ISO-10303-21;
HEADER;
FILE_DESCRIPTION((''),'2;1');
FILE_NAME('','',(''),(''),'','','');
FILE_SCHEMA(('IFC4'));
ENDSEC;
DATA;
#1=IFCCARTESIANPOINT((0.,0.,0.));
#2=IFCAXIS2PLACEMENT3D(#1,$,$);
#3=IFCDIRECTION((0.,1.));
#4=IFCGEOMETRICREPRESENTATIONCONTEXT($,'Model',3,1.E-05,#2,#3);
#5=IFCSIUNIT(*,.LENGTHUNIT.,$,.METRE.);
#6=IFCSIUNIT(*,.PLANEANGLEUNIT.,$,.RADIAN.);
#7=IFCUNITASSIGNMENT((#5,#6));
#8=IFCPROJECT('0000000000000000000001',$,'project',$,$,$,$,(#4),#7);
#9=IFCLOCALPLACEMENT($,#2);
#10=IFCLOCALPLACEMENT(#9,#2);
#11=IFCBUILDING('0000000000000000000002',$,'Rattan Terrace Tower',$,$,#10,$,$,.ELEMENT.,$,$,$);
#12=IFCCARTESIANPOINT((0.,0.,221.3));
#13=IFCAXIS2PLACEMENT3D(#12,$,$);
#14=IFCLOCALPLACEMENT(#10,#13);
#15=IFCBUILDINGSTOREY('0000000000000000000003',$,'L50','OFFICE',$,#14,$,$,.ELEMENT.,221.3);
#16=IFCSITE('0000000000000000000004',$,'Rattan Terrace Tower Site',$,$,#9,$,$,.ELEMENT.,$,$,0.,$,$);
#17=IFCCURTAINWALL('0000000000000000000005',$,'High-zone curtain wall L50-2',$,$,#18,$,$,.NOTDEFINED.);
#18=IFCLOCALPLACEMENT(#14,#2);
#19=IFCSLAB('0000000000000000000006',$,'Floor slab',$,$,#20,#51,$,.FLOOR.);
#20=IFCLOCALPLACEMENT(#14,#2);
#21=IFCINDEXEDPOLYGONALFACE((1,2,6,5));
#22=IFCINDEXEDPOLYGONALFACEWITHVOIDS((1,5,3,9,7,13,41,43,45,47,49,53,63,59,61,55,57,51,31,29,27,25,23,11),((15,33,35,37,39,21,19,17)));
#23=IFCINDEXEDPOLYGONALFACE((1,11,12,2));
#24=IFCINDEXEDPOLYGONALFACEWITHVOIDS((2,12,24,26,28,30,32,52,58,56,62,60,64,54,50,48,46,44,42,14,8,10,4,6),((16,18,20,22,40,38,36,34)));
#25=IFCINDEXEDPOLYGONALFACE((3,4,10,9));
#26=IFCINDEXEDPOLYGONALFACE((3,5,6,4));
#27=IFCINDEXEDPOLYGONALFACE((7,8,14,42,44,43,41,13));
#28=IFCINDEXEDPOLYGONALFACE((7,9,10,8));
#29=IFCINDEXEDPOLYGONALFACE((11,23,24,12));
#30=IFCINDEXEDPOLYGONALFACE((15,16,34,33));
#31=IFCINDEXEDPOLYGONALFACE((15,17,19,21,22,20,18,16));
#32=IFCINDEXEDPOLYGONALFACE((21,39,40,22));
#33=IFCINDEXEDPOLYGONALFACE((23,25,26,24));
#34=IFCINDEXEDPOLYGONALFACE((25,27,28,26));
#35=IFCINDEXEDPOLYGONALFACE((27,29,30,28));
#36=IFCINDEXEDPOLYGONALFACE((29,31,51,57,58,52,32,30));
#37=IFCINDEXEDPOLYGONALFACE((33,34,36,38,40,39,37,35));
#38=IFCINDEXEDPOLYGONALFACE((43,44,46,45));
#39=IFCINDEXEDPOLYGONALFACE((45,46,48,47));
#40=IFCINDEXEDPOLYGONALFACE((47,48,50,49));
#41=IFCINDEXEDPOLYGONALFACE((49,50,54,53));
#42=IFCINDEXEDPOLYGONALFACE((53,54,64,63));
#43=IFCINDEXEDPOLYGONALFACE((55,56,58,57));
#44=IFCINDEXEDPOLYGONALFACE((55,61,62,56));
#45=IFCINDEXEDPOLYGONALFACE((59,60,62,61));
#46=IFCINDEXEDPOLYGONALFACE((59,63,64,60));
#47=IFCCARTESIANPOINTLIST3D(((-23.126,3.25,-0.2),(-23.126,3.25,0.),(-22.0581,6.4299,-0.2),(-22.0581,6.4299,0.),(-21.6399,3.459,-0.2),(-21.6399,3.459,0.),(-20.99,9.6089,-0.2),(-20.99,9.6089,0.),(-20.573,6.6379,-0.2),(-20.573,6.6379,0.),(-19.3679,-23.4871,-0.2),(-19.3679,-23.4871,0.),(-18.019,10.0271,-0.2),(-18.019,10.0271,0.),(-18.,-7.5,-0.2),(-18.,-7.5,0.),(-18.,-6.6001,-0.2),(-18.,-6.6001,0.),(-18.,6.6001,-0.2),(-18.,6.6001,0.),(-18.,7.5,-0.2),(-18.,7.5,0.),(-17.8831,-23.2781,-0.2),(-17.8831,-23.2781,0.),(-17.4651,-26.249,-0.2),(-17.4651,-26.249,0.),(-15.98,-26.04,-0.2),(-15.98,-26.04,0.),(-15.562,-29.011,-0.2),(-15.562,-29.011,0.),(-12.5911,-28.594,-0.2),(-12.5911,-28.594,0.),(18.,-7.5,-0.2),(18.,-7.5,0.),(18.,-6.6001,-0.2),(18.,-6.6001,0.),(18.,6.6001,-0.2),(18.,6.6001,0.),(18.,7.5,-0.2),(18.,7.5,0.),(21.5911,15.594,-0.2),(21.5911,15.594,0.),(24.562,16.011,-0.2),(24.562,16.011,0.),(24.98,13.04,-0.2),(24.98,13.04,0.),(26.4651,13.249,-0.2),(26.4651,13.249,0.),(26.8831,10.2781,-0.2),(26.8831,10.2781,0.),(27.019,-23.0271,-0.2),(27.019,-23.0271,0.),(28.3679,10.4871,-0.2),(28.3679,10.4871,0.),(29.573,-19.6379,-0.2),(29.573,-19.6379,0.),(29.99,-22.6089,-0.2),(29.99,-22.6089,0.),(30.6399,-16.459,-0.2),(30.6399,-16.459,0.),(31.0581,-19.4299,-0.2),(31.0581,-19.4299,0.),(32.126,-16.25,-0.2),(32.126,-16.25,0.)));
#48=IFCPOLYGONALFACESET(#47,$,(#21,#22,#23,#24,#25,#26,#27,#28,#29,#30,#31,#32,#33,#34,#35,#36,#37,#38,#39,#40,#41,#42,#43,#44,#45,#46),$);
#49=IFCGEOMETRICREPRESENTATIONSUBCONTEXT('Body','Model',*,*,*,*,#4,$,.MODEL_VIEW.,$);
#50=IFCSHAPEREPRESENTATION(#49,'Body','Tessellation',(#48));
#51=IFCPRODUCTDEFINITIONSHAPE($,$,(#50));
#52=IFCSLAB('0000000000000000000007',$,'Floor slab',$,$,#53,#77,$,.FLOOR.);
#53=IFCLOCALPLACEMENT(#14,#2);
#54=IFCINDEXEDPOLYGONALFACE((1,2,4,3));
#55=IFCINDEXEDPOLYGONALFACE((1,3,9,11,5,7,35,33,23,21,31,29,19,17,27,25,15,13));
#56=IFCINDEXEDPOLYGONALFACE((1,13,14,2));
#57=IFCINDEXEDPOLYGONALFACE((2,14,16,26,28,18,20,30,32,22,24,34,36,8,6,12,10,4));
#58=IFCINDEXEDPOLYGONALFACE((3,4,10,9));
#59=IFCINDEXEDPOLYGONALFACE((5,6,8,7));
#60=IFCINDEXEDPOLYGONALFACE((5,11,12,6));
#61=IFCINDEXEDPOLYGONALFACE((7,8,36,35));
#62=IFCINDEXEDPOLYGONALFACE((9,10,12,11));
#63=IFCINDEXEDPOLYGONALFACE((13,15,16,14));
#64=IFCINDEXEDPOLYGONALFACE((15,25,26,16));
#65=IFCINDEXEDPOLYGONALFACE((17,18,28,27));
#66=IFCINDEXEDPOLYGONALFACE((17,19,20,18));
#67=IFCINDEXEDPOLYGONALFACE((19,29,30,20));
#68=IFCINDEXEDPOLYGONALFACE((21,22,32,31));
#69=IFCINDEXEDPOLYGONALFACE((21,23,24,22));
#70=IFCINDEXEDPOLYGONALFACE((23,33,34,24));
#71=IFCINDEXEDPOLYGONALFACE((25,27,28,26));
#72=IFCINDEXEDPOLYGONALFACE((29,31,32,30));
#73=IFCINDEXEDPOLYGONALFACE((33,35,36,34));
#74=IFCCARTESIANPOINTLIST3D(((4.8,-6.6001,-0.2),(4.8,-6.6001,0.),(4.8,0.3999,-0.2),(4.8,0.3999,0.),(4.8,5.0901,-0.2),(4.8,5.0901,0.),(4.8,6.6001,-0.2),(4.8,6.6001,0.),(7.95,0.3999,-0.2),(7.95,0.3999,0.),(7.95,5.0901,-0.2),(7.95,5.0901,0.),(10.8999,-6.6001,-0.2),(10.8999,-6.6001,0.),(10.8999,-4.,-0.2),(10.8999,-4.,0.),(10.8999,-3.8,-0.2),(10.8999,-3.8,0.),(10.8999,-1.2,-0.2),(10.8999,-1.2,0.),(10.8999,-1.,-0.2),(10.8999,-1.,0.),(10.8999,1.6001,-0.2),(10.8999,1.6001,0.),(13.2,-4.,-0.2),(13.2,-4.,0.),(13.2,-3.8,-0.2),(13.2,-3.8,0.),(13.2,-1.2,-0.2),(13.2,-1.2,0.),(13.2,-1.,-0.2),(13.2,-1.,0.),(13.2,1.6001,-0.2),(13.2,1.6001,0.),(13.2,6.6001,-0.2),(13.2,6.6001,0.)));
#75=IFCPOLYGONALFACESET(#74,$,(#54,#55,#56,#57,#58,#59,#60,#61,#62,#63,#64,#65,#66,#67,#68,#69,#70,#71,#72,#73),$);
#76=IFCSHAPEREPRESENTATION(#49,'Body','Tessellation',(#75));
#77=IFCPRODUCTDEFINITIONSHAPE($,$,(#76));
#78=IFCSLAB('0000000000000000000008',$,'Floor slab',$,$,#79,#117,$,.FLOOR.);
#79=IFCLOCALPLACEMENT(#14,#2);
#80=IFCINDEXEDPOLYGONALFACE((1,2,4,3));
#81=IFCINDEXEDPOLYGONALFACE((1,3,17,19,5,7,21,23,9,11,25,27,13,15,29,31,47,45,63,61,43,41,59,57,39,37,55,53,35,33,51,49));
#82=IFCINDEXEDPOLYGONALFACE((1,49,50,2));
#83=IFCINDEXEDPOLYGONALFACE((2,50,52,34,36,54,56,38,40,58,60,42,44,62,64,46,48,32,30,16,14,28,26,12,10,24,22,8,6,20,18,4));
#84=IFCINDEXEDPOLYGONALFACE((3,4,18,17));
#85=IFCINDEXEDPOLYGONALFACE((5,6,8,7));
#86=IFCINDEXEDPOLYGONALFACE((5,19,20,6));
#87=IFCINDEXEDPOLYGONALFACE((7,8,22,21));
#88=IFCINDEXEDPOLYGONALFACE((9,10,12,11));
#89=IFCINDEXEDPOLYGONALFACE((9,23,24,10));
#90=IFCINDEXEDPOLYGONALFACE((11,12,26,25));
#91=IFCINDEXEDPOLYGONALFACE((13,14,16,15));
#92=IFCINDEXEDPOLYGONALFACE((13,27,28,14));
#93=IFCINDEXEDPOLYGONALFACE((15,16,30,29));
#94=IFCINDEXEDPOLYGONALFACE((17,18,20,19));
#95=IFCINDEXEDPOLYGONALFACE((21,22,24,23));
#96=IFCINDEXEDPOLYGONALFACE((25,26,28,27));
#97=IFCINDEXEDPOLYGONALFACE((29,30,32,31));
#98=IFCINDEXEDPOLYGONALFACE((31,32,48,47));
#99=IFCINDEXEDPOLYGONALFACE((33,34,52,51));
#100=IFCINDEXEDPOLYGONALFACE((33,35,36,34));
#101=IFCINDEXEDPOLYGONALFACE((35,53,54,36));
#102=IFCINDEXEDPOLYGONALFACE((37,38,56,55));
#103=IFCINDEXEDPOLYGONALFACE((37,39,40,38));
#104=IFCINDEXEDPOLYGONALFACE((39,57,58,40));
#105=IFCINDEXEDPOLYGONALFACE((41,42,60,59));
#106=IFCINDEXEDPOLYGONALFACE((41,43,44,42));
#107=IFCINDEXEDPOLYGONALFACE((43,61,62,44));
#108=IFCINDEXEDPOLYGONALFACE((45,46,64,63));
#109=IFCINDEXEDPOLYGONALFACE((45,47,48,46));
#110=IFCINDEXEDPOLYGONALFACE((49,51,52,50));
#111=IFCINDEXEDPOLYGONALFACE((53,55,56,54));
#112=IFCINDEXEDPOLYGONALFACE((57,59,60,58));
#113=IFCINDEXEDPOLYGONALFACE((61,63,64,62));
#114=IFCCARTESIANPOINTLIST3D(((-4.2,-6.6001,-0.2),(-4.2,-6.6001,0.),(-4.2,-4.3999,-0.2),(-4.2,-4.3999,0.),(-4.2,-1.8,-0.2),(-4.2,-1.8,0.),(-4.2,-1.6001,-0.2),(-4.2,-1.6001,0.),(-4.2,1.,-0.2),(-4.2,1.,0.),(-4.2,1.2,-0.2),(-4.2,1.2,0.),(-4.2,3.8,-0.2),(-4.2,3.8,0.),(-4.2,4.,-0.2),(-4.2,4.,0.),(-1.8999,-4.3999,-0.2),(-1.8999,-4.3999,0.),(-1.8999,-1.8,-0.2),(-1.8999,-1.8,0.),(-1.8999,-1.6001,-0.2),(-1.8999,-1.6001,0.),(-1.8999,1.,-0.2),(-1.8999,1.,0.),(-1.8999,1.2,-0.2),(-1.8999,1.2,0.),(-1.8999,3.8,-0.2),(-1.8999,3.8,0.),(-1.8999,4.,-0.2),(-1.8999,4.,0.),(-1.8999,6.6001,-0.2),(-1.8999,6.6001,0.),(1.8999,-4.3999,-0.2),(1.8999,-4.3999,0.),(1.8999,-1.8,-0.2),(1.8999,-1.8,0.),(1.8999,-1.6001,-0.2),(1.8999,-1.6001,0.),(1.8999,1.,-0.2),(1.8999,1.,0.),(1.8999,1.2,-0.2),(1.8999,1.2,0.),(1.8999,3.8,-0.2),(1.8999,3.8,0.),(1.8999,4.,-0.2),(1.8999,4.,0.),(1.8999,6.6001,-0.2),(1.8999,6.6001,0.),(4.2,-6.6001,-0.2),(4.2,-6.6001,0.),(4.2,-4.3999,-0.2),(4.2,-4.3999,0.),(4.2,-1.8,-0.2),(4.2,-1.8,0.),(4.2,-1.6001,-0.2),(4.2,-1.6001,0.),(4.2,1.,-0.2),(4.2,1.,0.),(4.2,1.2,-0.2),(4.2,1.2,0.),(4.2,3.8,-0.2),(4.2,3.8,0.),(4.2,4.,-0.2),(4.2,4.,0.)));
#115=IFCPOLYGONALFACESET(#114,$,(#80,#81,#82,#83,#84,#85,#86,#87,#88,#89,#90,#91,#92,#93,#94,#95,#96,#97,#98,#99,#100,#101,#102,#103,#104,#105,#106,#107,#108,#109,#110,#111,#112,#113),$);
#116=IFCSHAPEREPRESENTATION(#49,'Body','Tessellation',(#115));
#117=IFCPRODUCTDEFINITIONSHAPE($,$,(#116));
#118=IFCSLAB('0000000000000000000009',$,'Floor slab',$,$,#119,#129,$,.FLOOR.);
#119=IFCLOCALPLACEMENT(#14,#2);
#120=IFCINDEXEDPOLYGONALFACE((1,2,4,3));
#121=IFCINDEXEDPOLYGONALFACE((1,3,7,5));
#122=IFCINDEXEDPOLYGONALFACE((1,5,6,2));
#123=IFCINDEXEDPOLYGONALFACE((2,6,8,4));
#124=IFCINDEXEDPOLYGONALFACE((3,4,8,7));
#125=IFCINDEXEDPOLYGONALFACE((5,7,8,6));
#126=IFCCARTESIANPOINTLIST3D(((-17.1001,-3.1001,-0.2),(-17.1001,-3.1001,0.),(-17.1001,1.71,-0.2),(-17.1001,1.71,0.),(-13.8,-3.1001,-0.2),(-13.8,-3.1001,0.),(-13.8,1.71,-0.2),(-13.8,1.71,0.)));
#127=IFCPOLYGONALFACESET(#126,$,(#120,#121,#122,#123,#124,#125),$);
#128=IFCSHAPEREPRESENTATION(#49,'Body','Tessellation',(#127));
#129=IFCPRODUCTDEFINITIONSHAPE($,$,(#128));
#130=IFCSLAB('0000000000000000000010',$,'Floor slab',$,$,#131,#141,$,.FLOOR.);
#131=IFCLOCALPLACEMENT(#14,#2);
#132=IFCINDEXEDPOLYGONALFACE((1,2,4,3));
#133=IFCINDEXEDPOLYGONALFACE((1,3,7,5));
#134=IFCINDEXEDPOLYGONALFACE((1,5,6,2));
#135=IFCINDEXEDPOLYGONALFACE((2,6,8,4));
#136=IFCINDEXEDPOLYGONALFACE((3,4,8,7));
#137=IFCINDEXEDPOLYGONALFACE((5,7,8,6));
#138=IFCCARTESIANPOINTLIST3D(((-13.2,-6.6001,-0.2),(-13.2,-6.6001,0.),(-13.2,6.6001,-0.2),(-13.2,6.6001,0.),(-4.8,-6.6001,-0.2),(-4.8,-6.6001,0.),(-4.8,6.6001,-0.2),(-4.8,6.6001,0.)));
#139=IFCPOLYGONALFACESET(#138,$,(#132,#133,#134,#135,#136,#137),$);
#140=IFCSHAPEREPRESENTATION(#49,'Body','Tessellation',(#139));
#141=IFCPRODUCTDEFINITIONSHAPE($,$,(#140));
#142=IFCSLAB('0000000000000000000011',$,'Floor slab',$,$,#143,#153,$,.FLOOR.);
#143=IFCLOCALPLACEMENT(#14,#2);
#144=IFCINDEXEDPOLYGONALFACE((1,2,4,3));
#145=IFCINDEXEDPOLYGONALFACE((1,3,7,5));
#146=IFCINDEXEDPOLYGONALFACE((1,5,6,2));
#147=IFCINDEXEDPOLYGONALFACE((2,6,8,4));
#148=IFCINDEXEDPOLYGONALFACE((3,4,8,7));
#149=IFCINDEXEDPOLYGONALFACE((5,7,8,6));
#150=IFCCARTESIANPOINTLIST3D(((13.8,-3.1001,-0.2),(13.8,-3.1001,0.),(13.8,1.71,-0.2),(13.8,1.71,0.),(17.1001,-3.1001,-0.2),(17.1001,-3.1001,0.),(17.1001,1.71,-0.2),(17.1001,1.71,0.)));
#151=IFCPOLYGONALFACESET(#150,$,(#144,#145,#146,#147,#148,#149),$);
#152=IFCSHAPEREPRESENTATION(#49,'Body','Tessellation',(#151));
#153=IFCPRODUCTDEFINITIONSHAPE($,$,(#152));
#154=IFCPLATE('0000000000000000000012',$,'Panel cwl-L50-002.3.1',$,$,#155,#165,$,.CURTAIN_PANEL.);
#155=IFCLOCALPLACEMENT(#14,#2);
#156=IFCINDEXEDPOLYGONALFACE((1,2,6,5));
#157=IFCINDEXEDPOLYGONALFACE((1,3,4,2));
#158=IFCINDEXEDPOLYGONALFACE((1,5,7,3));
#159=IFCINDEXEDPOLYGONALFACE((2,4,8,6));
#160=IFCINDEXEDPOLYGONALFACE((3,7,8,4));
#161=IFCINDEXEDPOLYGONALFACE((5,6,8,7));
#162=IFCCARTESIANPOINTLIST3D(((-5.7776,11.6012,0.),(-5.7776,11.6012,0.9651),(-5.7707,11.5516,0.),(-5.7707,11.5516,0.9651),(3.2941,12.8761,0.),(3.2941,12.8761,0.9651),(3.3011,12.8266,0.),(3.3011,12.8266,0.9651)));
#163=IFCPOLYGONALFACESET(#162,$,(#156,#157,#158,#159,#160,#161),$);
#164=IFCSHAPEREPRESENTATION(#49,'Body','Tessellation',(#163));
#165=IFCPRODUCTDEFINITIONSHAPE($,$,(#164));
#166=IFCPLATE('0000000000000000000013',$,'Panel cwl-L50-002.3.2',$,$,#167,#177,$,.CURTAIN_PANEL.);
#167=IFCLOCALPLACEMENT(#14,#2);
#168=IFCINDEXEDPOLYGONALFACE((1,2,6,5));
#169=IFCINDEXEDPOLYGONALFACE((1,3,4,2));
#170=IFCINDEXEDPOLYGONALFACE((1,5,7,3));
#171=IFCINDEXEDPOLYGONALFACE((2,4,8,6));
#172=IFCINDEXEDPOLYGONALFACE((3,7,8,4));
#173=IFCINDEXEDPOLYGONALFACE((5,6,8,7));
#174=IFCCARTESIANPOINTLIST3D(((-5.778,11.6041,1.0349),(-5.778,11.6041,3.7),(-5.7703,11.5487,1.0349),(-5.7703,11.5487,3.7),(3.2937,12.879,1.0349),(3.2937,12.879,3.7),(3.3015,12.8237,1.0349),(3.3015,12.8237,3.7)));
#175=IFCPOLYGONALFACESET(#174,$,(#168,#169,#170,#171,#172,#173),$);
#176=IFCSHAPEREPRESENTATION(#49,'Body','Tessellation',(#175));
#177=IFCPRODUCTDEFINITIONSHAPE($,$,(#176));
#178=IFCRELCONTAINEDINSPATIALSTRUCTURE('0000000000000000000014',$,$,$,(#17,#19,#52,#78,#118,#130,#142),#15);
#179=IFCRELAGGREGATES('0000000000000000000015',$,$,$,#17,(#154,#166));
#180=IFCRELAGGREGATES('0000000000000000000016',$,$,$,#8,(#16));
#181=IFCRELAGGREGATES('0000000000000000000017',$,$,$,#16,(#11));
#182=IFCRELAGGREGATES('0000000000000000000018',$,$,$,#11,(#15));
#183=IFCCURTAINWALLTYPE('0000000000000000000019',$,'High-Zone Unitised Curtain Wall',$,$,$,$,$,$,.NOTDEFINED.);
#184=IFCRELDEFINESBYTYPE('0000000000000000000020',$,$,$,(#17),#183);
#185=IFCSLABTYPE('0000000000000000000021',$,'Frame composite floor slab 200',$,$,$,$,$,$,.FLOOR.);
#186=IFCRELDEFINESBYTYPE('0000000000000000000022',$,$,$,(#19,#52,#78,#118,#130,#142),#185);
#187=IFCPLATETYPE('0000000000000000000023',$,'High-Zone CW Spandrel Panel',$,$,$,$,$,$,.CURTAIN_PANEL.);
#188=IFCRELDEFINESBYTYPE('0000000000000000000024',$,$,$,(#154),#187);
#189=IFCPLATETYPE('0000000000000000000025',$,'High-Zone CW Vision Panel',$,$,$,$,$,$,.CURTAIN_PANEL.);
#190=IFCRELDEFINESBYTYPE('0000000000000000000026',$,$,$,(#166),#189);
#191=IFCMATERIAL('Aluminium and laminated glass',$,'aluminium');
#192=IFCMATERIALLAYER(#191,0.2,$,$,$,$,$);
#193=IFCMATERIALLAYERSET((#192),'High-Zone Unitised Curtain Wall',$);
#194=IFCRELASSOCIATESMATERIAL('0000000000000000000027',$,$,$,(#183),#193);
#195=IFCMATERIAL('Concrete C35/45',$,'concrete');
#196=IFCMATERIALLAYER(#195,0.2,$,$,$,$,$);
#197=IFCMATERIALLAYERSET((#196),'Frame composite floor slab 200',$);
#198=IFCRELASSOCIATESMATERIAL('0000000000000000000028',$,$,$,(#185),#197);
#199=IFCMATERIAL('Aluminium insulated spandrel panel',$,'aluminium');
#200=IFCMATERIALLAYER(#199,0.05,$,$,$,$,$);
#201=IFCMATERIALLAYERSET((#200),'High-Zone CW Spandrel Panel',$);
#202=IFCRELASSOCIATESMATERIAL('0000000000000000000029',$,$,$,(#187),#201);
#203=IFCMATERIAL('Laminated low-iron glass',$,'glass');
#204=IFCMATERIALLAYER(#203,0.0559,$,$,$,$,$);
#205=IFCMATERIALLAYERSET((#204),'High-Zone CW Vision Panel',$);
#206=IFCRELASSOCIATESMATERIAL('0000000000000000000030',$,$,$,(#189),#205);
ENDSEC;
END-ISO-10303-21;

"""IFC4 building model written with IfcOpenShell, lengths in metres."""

from ifc_helpers import new_model, si_unit, direction, frame, origin, origin_2d, place, context, subcontext, project, spatial, polyline, rectangle, outline, extrude, material, layer, layer_set, type_object, element, aggregate, save


model = new_model("IFC4")

# Units and contexts
model_context = context("Model", 3, precision=1e-05, world=origin(), true_north=direction((0.0, 1.0)))
body_context = subcontext(model_context, "Body", "Model", "MODEL_VIEW")
ifc_project = project(units=[si_unit("LENGTHUNIT", "METRE"), si_unit("PLANEANGLEUNIT", "RADIAN")], contexts=[model_context])

# Site, building, storey
site_placement = place(None, origin())
site = spatial("IfcSite", under=ifc_project, at=site_placement, Name="Rattan Terrace Tower Site", CompositionType="ELEMENT", RefElevation=0.0)
building_placement = place(site_placement, origin())
building = spatial("IfcBuilding", under=site, at=building_placement, Name="Rattan Terrace Tower", CompositionType="ELEMENT")
storey_placement = place(building_placement, frame((0.0, 0.0, 221.3)))
storey = spatial("IfcBuildingStorey", under=building, at=storey_placement, Name="L50", Description="OFFICE", CompositionType="ELEMENT", Elevation=221.3)

# Curtain wall
ifc_material_1 = material(Name="Aluminium and laminated glass", Category="aluminium")
ifc_layer_1 = layer(ifc_material_1, 0.2)
ifc_layer_set_1 = layer_set([ifc_layer_1], Name="High-Zone Unitised Curtain Wall")
curtain_wall_type = type_object("IfcCurtainWallType", Name="High-Zone Unitised Curtain Wall", PredefinedType="NOTDEFINED", material=ifc_layer_set_1)
curtain_wall_placement = place(storey_placement, origin())
curtain_wall = element("IfcCurtainWall", 1, at=curtain_wall_placement, inside=storey, type_object=curtain_wall_type, Name="High-zone curtain wall L50-2", PredefinedType="NOTDEFINED")

# Slabs
ifc_material_2 = material(Name="Concrete C35/45", Category="concrete")
ifc_layer_2 = layer(ifc_material_2, 0.2)
ifc_layer_set_2 = layer_set([ifc_layer_2], Name="Frame composite floor slab 200")
slab_type_1 = type_object("IfcSlabType", Name="Frame composite floor slab 200", PredefinedType="FLOOR", material=ifc_layer_set_2)
slab_1_placement = place(storey_placement, frame((0.0, 0.0, -0.2)))
element("IfcSlab", 2, at=slab_1_placement, inside=storey, type_object=slab_type_1, Name="Floor slab", PredefinedType="FLOOR", context=body_context, shape_type="SweptSolid", body=[
    extrude(outline(polyline([(-12.5911, -28.594), (27.019, -23.0271), (29.99, -22.6089), (29.573, -19.6379), (31.0581, -19.4299), (30.6399, -16.459), (32.126, -16.25), (28.3679, 10.4871), (26.8831, 10.2781), (26.4651, 13.249), (24.98, 13.04), (24.562, 16.011), (21.5911, 15.594), (-18.019, 10.0271), (-20.99, 9.6089), (-20.573, 6.6379), (-22.0581, 6.4299), (-21.6399, 3.459), (-23.126, 3.25), (-19.3679, -23.4871), (-17.8831, -23.2781), (-17.4651, -26.249), (-15.98, -26.04), (-15.562, -29.011), (-12.5911, -28.594)]), holes=[polyline([(-18.0, -7.5), (18.0, -7.5), (18.0, -6.6001), (18.0, 6.6001), (18.0, 7.5), (-18.0, 7.5), (-18.0, 6.6001), (-18.0, -6.6001), (-18.0, -7.5)])]), origin(), (0.0, 0.0, 1.0), 0.2),
])
slab_2_placement = place(storey_placement, frame((0.0, 0.0, -0.2)))
element("IfcSlab", 3, at=slab_2_placement, inside=storey, type_object=slab_type_1, Name="Floor slab", PredefinedType="FLOOR", context=body_context, shape_type="SweptSolid", body=[
    extrude(outline(polyline([(13.2, 6.6001), (4.8, 6.6001), (4.8, 5.0901), (7.95, 5.0901), (7.95, 0.3999), (4.8, 0.3999), (4.8, -6.6001), (10.8999, -6.6001), (10.8999, -4.0), (13.2, -4.0), (13.2, -3.8), (10.8999, -3.8), (10.8999, -1.2), (13.2, -1.2), (13.2, -1.0), (10.8999, -1.0), (10.8999, 1.6001), (13.2, 1.6001), (13.2, 6.6001)])), origin(), (0.0, 0.0, 1.0), 0.2),
])
slab_3_placement = place(storey_placement, frame((0.0, 0.0, -0.2)))
element("IfcSlab", 4, at=slab_3_placement, inside=storey, type_object=slab_type_1, Name="Floor slab", PredefinedType="FLOOR", context=body_context, shape_type="SweptSolid", body=[
    extrude(outline(polyline([(1.8999, 6.6001), (-1.8999, 6.6001), (-1.8999, 4.0), (-4.2, 4.0), (-4.2, 3.8), (-1.8999, 3.8), (-1.8999, 1.2), (-4.2, 1.2), (-4.2, 1.0), (-1.8999, 1.0), (-1.8999, -1.6001), (-4.2, -1.6001), (-4.2, -1.8), (-1.8999, -1.8), (-1.8999, -4.3999), (-4.2, -4.3999), (-4.2, -6.6001), (4.2, -6.6001), (4.2, -4.3999), (1.8999, -4.3999), (1.8999, -1.8), (4.2, -1.8), (4.2, -1.6001), (1.8999, -1.6001), (1.8999, 1.0), (4.2, 1.0), (4.2, 1.2), (1.8999, 1.2), (1.8999, 3.8), (4.2, 3.8), (4.2, 4.0), (1.8999, 4.0), (1.8999, 6.6001)])), origin(), (0.0, 0.0, 1.0), 0.2),
])
slab_4_placement = place(storey_placement, frame((0.0, 0.0, -0.2)))
element("IfcSlab", 5, at=slab_4_placement, inside=storey, type_object=slab_type_1, Name="Floor slab", PredefinedType="FLOOR", context=body_context, shape_type="SweptSolid", body=[
    extrude(outline(polyline([(-17.1001, -3.1001), (-13.8, -3.1001), (-13.8, 1.71), (-17.1001, 1.71), (-17.1001, -3.1001)])), origin(), (0.0, 0.0, 1.0), 0.2),
])
slab_5_placement = place(storey_placement, frame((0.0, 0.0, -0.2)))
element("IfcSlab", 6, at=slab_5_placement, inside=storey, type_object=slab_type_1, Name="Floor slab", PredefinedType="FLOOR", context=body_context, shape_type="SweptSolid", body=[
    extrude(outline(polyline([(-4.8, -6.6001), (-4.8, 6.6001), (-13.2, 6.6001), (-13.2, -6.6001), (-4.8, -6.6001)])), origin(), (0.0, 0.0, 1.0), 0.2),
])
slab_6_placement = place(storey_placement, frame((0.0, 0.0, -0.2)))
element("IfcSlab", 7, at=slab_6_placement, inside=storey, type_object=slab_type_1, Name="Floor slab", PredefinedType="FLOOR", context=body_context, shape_type="SweptSolid", body=[
    extrude(outline(polyline([(13.8, -3.1001), (17.1001, -3.1001), (17.1001, 1.71), (13.8, 1.71), (13.8, -3.1001)])), origin(), (0.0, 0.0, 1.0), 0.2),
])

# Plates
ifc_material_3 = material(Name="Aluminium insulated spandrel panel", Category="aluminium")
ifc_layer_3 = layer(ifc_material_3, 0.05)
ifc_layer_set_3 = layer_set([ifc_layer_3], Name="High-Zone CW Spandrel Panel")
plate_type_1 = type_object("IfcPlateType", Name="High-Zone CW Spandrel Panel", PredefinedType="CURTAIN_PANEL", material=ifc_layer_set_3)
plate_1_placement = place(storey_placement, frame((-1.2383, 12.2139, 0.0), z_axis=(0.0, 0.0, 1.0), x_axis=(-0.990267, -0.139177, 0.0)))
plate_1 = element("IfcPlate", 8, at=plate_1_placement, type_object=plate_type_1, Name="Panel cwl-L50-002.3.1", PredefinedType="CURTAIN_PANEL", context=body_context, shape_type="SweptSolid", body=[
    extrude(rectangle(XDim=9.1609, YDim=0.05, at=origin_2d()), origin(), (0.0, 0.0, 1.0), 0.9651),
])
ifc_material_4 = material(Name="Laminated low-iron glass", Category="glass")
ifc_layer_4 = layer(ifc_material_4, 0.0559)
ifc_layer_set_4 = layer_set([ifc_layer_4], Name="High-Zone CW Vision Panel")
plate_type_2 = type_object("IfcPlateType", Name="High-Zone CW Vision Panel", PredefinedType="CURTAIN_PANEL", material=ifc_layer_set_4)
plate_2_placement = place(storey_placement, frame((-1.2383, 12.2139, 1.0349), z_axis=(0.0, 0.0, 1.0), x_axis=(-0.990267, -0.139177, 0.0)))
plate_2 = element("IfcPlate", 9, at=plate_2_placement, type_object=plate_type_2, Name="Panel cwl-L50-002.3.2", PredefinedType="CURTAIN_PANEL", context=body_context, shape_type="SweptSolid", body=[
    extrude(rectangle(XDim=9.1609, YDim=0.0559, at=origin_2d()), origin(), (0.0, 0.0, 1.0), 2.665),
])
aggregate(curtain_wall, [plate_1, plate_2])

save(model, "model.ifc")
